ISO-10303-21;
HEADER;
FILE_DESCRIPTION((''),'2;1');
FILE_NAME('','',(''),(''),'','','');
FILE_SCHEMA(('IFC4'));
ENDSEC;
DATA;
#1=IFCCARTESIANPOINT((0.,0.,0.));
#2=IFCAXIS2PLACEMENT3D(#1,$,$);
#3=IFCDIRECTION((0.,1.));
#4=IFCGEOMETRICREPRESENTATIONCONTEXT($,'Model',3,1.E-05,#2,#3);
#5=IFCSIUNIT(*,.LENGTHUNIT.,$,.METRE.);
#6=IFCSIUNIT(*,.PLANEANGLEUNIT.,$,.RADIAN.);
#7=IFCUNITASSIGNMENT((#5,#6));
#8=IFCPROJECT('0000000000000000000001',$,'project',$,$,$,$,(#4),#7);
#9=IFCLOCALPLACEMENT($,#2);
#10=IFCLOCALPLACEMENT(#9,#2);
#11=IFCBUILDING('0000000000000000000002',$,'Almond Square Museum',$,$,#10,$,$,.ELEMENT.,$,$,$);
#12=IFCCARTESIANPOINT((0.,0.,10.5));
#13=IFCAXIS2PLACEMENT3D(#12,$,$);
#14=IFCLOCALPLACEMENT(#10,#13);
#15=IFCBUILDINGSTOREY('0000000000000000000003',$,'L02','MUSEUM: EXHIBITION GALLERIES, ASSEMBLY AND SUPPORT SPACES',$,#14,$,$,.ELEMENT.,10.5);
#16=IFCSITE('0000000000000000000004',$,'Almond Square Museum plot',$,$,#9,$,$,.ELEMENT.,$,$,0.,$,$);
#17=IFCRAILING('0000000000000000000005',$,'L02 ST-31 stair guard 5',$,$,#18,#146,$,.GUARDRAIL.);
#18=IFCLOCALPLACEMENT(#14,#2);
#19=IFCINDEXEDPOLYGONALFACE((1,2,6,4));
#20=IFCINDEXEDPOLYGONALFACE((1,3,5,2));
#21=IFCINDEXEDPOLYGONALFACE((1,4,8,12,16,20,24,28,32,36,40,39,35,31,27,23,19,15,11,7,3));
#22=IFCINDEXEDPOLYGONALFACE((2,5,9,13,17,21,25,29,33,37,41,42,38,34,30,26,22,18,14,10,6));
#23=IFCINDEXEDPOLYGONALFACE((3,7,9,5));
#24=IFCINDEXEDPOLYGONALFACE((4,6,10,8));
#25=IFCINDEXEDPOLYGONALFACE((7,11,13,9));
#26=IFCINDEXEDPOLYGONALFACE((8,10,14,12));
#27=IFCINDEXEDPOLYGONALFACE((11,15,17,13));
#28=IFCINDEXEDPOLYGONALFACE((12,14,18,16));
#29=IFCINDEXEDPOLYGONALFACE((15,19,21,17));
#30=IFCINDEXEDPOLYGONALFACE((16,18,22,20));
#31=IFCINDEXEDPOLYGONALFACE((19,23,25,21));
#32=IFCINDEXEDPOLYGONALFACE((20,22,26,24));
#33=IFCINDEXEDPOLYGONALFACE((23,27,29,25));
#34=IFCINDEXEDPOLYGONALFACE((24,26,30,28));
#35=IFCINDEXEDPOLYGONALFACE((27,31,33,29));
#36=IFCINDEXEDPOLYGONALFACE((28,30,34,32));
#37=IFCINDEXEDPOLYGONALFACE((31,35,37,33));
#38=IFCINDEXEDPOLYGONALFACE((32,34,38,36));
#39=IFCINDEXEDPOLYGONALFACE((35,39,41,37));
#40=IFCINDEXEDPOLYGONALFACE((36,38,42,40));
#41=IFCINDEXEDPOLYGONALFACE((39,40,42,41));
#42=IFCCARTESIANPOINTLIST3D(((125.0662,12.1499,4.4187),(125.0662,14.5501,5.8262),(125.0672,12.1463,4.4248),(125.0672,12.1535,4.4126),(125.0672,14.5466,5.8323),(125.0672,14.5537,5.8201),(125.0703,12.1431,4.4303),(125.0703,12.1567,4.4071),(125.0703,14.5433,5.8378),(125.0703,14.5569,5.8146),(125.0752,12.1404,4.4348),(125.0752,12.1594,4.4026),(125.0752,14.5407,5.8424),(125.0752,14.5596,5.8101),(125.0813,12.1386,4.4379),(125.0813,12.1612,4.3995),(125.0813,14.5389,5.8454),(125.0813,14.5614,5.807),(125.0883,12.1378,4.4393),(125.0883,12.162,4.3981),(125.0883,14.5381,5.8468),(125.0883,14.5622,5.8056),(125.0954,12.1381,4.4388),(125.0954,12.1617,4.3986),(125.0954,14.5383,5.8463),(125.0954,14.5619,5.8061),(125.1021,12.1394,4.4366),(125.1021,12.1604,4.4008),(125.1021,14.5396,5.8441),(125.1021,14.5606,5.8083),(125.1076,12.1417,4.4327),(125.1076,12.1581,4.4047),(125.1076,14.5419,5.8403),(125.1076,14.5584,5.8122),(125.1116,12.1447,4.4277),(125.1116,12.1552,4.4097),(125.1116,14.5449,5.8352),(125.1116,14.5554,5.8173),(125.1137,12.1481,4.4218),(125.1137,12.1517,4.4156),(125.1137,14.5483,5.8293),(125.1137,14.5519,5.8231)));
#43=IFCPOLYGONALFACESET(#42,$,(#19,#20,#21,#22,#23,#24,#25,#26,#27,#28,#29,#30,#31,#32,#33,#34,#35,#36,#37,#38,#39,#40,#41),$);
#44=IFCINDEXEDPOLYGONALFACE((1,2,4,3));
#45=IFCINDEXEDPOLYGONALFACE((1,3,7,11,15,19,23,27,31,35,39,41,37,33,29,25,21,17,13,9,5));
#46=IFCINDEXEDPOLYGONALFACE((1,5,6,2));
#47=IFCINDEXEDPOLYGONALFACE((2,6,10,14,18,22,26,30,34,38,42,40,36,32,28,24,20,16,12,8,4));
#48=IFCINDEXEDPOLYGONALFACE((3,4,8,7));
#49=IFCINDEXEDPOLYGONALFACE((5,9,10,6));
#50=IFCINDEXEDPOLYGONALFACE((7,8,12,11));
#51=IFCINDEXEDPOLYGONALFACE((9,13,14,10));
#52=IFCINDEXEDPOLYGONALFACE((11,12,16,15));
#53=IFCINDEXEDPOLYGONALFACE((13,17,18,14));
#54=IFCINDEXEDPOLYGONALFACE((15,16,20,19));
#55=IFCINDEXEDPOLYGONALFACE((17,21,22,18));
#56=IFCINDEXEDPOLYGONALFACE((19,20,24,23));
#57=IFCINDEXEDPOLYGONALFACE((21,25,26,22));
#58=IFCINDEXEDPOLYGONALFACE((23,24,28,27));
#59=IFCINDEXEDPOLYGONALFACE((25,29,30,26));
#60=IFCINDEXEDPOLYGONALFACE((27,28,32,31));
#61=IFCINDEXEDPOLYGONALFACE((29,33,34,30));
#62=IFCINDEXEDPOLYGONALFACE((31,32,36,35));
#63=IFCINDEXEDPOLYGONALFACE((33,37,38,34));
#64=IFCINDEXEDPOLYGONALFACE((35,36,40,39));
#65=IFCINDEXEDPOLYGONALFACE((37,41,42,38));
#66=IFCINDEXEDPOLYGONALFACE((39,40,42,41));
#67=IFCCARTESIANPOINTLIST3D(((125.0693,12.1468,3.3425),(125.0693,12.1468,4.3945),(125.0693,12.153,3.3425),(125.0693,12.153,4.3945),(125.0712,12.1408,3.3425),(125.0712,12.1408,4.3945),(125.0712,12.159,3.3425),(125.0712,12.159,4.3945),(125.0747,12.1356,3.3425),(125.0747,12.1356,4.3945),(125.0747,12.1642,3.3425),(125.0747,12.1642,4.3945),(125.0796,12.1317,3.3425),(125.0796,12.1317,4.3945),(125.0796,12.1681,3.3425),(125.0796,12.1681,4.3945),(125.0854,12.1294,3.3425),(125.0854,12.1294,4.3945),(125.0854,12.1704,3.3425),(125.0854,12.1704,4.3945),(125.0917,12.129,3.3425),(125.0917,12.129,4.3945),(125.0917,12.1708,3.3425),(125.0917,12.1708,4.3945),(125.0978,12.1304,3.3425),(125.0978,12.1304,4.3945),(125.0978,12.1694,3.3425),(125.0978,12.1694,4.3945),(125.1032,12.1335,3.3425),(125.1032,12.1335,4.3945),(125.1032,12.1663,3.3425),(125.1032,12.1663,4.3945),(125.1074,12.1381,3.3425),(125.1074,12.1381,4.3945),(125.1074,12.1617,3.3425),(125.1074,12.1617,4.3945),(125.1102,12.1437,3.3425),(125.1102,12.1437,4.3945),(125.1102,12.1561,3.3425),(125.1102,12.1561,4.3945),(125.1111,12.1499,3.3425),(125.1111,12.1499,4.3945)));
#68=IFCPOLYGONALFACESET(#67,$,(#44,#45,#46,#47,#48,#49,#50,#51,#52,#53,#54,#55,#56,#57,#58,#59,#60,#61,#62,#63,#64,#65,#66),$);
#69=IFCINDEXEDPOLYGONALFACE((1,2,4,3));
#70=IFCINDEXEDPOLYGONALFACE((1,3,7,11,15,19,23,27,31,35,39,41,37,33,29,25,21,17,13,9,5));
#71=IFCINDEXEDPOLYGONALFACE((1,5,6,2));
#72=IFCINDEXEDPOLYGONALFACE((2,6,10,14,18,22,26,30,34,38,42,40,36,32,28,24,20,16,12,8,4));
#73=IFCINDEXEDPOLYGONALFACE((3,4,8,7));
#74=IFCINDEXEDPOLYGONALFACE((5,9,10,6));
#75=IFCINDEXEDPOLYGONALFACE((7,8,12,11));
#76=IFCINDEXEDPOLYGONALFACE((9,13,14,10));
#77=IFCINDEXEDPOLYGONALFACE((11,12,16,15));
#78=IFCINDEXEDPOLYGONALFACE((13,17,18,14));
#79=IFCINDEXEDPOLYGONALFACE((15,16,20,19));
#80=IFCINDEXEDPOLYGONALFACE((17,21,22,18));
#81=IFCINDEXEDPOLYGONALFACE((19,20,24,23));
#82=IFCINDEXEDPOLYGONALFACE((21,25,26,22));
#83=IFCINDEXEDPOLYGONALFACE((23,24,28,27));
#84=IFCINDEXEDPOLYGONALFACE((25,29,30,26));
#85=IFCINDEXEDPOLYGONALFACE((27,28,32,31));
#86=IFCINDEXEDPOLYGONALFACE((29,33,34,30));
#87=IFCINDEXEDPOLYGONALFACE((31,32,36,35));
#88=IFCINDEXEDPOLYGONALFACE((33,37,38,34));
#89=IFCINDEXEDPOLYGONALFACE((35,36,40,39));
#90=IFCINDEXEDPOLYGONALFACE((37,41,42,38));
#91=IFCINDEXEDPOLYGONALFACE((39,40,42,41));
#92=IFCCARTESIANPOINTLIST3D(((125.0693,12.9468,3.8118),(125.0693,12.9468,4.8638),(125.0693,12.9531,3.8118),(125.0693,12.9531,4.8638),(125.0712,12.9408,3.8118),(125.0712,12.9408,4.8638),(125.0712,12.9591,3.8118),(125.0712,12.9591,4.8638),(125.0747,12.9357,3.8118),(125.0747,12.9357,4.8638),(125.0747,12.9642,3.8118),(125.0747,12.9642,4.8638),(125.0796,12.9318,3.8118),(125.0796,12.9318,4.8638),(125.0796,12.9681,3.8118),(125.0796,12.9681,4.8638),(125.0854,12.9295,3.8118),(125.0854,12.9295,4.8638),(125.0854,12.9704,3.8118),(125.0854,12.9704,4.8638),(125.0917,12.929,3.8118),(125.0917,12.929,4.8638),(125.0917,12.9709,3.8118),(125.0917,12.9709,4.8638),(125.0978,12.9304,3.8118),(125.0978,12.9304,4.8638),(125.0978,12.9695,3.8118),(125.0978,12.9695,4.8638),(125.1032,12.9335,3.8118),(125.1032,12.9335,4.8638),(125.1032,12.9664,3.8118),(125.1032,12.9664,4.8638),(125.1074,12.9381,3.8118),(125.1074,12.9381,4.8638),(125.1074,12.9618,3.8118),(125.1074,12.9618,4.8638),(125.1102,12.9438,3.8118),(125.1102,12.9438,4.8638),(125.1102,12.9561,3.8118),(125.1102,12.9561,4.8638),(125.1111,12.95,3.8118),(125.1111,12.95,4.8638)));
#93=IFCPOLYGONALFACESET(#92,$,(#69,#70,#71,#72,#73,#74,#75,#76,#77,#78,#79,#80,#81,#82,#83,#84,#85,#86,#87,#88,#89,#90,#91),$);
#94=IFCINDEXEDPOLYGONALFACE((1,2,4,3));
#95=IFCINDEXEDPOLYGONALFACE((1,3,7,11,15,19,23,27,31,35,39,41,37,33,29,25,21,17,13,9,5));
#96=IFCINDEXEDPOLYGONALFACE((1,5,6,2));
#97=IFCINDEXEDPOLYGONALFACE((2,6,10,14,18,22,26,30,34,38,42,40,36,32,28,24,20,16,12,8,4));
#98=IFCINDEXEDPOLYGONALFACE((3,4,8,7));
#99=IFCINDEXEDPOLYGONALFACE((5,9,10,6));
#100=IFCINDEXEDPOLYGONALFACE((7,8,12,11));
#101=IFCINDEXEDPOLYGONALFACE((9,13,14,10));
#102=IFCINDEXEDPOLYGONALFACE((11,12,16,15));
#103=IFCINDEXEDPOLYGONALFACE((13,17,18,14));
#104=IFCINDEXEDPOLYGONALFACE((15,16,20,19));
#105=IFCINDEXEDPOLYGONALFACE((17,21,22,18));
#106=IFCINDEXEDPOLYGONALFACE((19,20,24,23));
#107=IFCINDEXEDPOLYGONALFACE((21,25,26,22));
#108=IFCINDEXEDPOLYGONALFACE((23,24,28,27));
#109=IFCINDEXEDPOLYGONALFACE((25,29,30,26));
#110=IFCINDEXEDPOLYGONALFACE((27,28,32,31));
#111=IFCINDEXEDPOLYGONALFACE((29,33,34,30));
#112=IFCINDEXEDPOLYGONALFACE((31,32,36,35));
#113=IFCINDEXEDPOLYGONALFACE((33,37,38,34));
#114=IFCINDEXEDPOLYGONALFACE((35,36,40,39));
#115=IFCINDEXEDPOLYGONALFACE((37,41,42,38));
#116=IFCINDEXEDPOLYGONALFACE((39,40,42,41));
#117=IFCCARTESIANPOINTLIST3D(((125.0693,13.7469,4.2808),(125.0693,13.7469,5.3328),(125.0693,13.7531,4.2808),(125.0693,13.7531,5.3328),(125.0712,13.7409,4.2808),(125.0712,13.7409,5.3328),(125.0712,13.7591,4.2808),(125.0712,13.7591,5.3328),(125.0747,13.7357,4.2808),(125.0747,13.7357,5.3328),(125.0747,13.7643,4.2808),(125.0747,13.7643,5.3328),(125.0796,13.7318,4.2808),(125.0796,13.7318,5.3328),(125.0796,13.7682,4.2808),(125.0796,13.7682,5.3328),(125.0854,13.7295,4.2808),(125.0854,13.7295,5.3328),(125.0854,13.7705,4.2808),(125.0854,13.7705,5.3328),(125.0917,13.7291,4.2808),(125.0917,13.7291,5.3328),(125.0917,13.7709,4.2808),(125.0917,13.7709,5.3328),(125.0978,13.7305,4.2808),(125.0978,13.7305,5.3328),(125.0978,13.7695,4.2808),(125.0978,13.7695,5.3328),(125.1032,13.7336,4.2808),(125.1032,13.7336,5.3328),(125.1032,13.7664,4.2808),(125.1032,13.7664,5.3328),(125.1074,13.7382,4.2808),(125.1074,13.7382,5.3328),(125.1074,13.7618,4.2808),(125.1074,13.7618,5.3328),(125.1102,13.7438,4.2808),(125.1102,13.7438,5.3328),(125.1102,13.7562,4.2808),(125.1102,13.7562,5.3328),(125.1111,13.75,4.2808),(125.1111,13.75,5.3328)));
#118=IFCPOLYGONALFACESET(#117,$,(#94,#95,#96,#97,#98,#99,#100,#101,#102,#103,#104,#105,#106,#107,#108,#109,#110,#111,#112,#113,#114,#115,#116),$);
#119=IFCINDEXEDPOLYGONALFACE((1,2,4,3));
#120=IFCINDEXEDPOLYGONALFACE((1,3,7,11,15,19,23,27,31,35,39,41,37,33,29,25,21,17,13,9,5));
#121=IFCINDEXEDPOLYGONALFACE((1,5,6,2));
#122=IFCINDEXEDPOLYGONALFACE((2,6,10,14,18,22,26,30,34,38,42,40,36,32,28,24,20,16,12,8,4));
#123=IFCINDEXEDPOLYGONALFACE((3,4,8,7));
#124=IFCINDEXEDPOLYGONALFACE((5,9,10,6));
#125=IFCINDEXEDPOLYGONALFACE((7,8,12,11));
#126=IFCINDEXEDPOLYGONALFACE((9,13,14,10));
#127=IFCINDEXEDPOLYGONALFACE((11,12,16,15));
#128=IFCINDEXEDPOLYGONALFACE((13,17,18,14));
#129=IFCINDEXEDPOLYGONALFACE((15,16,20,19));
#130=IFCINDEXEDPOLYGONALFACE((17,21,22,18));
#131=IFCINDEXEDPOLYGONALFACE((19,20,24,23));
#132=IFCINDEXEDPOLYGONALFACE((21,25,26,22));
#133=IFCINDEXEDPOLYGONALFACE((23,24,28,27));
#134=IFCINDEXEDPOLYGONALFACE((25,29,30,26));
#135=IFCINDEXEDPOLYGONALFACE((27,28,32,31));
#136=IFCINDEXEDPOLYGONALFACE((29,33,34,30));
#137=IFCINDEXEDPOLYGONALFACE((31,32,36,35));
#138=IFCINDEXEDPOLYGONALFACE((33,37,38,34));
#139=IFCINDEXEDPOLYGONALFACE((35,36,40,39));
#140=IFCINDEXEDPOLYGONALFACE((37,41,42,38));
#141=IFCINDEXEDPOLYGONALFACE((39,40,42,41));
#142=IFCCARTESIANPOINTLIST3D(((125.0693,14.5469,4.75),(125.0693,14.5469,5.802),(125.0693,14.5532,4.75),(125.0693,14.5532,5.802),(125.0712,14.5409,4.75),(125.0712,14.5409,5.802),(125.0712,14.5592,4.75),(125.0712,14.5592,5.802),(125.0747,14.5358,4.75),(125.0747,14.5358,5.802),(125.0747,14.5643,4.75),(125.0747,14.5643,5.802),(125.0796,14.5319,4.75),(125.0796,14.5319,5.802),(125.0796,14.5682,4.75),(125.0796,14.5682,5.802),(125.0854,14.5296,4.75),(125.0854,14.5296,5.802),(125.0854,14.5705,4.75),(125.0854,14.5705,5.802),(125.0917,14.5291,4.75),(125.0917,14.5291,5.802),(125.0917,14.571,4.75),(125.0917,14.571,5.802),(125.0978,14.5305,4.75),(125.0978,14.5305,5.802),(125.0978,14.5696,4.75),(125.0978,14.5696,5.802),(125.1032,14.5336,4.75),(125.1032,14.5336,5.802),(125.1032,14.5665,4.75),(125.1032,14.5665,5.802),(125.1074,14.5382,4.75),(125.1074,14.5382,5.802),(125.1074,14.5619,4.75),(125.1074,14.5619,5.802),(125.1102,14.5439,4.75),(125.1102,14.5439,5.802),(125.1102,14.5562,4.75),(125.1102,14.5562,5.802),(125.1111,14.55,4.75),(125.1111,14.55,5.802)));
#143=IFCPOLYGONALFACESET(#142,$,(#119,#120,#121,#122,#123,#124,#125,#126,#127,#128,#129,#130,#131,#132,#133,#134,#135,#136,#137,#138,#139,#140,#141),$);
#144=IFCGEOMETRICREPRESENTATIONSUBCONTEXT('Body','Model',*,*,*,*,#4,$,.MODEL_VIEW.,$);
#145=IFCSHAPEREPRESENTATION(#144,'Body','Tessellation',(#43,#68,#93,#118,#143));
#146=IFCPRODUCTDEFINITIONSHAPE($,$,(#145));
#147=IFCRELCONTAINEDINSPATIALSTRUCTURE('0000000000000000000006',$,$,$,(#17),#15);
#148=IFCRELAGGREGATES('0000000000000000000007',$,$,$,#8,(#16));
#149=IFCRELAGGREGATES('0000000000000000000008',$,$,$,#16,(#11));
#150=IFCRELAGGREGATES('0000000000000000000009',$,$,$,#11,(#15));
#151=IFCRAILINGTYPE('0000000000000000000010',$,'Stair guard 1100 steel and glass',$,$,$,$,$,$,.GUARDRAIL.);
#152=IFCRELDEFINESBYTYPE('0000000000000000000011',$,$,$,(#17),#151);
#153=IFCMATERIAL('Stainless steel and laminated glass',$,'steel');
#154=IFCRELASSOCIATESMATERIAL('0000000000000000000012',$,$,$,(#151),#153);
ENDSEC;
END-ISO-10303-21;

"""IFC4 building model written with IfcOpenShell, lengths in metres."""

from ifc_helpers import new_model, si_unit, direction, frame, origin, origin_2d, place, context, subcontext, project, spatial, circle, extrude, material, type_object, element, save


model = new_model("IFC4")

# Units and contexts
model_context = context("Model", 3, precision=1e-05, world=origin(), true_north=direction((0.0, 1.0)))
body_context = subcontext(model_context, "Body", "Model", "MODEL_VIEW")
ifc_project = project(units=[si_unit("LENGTHUNIT", "METRE"), si_unit("PLANEANGLEUNIT", "RADIAN")], contexts=[model_context])

# Site, building, storey
site_placement = place(None, origin())
site = spatial("IfcSite", under=ifc_project, at=site_placement, Name="Almond Square Museum plot", CompositionType="ELEMENT", RefElevation=0.0)
building_placement = place(site_placement, origin())
building = spatial("IfcBuilding", under=site, at=building_placement, Name="Almond Square Museum", CompositionType="ELEMENT")
storey_placement = place(building_placement, frame((0.0, 0.0, 10.5)))
storey = spatial("IfcBuildingStorey", under=building, at=storey_placement, Name="L02", Description="MUSEUM: EXHIBITION GALLERIES, ASSEMBLY AND SUPPORT SPACES", CompositionType="ELEMENT", Elevation=10.5)

# Railing
ifc_material_1 = material(Name="Stainless steel and laminated glass", Category="steel")
railing_type_1 = type_object("IfcRailingType", Name="Stair guard 1100 steel and glass", PredefinedType="GUARDRAIL", material=ifc_material_1)
railing_1_placement = place(storey_placement, frame((125.0901, 12.1499, 3.3425)))
element("IfcRailing", 1, at=railing_1_placement, inside=storey, type_object=railing_type_1, Name="L02 ST-31 stair guard 5", PredefinedType="GUARDRAIL", context=body_context, shape_type="SweptSolid", body=[
    extrude(circle(Radius=0.0239, at=origin_2d()), frame((0.0, 0.0, 1.0762), z_axis=(0.0, 0.862621, 0.50585), x_axis=(-1.0, 0.0, 0.0)), (0.0, 0.0, 1.0), 2.7825),
    extrude(circle(Radius=0.021, at=origin_2d()), origin(), (0.0, 0.0, 1.0), 1.052),
    extrude(circle(Radius=0.021, at=origin_2d()), frame((0.0, 0.8, 0.4692)), (0.0, 0.0, 1.0), 1.052),
    extrude(circle(Radius=0.021, at=origin_2d()), frame((0.0, 1.6001, 0.9382)), (0.0, 0.0, 1.0), 1.052),
    extrude(circle(Radius=0.021, at=origin_2d()), frame((0.0, 2.4001, 1.4075)), (0.0, 0.0, 1.0), 1.052),
])

save(model, "model.ifc")
